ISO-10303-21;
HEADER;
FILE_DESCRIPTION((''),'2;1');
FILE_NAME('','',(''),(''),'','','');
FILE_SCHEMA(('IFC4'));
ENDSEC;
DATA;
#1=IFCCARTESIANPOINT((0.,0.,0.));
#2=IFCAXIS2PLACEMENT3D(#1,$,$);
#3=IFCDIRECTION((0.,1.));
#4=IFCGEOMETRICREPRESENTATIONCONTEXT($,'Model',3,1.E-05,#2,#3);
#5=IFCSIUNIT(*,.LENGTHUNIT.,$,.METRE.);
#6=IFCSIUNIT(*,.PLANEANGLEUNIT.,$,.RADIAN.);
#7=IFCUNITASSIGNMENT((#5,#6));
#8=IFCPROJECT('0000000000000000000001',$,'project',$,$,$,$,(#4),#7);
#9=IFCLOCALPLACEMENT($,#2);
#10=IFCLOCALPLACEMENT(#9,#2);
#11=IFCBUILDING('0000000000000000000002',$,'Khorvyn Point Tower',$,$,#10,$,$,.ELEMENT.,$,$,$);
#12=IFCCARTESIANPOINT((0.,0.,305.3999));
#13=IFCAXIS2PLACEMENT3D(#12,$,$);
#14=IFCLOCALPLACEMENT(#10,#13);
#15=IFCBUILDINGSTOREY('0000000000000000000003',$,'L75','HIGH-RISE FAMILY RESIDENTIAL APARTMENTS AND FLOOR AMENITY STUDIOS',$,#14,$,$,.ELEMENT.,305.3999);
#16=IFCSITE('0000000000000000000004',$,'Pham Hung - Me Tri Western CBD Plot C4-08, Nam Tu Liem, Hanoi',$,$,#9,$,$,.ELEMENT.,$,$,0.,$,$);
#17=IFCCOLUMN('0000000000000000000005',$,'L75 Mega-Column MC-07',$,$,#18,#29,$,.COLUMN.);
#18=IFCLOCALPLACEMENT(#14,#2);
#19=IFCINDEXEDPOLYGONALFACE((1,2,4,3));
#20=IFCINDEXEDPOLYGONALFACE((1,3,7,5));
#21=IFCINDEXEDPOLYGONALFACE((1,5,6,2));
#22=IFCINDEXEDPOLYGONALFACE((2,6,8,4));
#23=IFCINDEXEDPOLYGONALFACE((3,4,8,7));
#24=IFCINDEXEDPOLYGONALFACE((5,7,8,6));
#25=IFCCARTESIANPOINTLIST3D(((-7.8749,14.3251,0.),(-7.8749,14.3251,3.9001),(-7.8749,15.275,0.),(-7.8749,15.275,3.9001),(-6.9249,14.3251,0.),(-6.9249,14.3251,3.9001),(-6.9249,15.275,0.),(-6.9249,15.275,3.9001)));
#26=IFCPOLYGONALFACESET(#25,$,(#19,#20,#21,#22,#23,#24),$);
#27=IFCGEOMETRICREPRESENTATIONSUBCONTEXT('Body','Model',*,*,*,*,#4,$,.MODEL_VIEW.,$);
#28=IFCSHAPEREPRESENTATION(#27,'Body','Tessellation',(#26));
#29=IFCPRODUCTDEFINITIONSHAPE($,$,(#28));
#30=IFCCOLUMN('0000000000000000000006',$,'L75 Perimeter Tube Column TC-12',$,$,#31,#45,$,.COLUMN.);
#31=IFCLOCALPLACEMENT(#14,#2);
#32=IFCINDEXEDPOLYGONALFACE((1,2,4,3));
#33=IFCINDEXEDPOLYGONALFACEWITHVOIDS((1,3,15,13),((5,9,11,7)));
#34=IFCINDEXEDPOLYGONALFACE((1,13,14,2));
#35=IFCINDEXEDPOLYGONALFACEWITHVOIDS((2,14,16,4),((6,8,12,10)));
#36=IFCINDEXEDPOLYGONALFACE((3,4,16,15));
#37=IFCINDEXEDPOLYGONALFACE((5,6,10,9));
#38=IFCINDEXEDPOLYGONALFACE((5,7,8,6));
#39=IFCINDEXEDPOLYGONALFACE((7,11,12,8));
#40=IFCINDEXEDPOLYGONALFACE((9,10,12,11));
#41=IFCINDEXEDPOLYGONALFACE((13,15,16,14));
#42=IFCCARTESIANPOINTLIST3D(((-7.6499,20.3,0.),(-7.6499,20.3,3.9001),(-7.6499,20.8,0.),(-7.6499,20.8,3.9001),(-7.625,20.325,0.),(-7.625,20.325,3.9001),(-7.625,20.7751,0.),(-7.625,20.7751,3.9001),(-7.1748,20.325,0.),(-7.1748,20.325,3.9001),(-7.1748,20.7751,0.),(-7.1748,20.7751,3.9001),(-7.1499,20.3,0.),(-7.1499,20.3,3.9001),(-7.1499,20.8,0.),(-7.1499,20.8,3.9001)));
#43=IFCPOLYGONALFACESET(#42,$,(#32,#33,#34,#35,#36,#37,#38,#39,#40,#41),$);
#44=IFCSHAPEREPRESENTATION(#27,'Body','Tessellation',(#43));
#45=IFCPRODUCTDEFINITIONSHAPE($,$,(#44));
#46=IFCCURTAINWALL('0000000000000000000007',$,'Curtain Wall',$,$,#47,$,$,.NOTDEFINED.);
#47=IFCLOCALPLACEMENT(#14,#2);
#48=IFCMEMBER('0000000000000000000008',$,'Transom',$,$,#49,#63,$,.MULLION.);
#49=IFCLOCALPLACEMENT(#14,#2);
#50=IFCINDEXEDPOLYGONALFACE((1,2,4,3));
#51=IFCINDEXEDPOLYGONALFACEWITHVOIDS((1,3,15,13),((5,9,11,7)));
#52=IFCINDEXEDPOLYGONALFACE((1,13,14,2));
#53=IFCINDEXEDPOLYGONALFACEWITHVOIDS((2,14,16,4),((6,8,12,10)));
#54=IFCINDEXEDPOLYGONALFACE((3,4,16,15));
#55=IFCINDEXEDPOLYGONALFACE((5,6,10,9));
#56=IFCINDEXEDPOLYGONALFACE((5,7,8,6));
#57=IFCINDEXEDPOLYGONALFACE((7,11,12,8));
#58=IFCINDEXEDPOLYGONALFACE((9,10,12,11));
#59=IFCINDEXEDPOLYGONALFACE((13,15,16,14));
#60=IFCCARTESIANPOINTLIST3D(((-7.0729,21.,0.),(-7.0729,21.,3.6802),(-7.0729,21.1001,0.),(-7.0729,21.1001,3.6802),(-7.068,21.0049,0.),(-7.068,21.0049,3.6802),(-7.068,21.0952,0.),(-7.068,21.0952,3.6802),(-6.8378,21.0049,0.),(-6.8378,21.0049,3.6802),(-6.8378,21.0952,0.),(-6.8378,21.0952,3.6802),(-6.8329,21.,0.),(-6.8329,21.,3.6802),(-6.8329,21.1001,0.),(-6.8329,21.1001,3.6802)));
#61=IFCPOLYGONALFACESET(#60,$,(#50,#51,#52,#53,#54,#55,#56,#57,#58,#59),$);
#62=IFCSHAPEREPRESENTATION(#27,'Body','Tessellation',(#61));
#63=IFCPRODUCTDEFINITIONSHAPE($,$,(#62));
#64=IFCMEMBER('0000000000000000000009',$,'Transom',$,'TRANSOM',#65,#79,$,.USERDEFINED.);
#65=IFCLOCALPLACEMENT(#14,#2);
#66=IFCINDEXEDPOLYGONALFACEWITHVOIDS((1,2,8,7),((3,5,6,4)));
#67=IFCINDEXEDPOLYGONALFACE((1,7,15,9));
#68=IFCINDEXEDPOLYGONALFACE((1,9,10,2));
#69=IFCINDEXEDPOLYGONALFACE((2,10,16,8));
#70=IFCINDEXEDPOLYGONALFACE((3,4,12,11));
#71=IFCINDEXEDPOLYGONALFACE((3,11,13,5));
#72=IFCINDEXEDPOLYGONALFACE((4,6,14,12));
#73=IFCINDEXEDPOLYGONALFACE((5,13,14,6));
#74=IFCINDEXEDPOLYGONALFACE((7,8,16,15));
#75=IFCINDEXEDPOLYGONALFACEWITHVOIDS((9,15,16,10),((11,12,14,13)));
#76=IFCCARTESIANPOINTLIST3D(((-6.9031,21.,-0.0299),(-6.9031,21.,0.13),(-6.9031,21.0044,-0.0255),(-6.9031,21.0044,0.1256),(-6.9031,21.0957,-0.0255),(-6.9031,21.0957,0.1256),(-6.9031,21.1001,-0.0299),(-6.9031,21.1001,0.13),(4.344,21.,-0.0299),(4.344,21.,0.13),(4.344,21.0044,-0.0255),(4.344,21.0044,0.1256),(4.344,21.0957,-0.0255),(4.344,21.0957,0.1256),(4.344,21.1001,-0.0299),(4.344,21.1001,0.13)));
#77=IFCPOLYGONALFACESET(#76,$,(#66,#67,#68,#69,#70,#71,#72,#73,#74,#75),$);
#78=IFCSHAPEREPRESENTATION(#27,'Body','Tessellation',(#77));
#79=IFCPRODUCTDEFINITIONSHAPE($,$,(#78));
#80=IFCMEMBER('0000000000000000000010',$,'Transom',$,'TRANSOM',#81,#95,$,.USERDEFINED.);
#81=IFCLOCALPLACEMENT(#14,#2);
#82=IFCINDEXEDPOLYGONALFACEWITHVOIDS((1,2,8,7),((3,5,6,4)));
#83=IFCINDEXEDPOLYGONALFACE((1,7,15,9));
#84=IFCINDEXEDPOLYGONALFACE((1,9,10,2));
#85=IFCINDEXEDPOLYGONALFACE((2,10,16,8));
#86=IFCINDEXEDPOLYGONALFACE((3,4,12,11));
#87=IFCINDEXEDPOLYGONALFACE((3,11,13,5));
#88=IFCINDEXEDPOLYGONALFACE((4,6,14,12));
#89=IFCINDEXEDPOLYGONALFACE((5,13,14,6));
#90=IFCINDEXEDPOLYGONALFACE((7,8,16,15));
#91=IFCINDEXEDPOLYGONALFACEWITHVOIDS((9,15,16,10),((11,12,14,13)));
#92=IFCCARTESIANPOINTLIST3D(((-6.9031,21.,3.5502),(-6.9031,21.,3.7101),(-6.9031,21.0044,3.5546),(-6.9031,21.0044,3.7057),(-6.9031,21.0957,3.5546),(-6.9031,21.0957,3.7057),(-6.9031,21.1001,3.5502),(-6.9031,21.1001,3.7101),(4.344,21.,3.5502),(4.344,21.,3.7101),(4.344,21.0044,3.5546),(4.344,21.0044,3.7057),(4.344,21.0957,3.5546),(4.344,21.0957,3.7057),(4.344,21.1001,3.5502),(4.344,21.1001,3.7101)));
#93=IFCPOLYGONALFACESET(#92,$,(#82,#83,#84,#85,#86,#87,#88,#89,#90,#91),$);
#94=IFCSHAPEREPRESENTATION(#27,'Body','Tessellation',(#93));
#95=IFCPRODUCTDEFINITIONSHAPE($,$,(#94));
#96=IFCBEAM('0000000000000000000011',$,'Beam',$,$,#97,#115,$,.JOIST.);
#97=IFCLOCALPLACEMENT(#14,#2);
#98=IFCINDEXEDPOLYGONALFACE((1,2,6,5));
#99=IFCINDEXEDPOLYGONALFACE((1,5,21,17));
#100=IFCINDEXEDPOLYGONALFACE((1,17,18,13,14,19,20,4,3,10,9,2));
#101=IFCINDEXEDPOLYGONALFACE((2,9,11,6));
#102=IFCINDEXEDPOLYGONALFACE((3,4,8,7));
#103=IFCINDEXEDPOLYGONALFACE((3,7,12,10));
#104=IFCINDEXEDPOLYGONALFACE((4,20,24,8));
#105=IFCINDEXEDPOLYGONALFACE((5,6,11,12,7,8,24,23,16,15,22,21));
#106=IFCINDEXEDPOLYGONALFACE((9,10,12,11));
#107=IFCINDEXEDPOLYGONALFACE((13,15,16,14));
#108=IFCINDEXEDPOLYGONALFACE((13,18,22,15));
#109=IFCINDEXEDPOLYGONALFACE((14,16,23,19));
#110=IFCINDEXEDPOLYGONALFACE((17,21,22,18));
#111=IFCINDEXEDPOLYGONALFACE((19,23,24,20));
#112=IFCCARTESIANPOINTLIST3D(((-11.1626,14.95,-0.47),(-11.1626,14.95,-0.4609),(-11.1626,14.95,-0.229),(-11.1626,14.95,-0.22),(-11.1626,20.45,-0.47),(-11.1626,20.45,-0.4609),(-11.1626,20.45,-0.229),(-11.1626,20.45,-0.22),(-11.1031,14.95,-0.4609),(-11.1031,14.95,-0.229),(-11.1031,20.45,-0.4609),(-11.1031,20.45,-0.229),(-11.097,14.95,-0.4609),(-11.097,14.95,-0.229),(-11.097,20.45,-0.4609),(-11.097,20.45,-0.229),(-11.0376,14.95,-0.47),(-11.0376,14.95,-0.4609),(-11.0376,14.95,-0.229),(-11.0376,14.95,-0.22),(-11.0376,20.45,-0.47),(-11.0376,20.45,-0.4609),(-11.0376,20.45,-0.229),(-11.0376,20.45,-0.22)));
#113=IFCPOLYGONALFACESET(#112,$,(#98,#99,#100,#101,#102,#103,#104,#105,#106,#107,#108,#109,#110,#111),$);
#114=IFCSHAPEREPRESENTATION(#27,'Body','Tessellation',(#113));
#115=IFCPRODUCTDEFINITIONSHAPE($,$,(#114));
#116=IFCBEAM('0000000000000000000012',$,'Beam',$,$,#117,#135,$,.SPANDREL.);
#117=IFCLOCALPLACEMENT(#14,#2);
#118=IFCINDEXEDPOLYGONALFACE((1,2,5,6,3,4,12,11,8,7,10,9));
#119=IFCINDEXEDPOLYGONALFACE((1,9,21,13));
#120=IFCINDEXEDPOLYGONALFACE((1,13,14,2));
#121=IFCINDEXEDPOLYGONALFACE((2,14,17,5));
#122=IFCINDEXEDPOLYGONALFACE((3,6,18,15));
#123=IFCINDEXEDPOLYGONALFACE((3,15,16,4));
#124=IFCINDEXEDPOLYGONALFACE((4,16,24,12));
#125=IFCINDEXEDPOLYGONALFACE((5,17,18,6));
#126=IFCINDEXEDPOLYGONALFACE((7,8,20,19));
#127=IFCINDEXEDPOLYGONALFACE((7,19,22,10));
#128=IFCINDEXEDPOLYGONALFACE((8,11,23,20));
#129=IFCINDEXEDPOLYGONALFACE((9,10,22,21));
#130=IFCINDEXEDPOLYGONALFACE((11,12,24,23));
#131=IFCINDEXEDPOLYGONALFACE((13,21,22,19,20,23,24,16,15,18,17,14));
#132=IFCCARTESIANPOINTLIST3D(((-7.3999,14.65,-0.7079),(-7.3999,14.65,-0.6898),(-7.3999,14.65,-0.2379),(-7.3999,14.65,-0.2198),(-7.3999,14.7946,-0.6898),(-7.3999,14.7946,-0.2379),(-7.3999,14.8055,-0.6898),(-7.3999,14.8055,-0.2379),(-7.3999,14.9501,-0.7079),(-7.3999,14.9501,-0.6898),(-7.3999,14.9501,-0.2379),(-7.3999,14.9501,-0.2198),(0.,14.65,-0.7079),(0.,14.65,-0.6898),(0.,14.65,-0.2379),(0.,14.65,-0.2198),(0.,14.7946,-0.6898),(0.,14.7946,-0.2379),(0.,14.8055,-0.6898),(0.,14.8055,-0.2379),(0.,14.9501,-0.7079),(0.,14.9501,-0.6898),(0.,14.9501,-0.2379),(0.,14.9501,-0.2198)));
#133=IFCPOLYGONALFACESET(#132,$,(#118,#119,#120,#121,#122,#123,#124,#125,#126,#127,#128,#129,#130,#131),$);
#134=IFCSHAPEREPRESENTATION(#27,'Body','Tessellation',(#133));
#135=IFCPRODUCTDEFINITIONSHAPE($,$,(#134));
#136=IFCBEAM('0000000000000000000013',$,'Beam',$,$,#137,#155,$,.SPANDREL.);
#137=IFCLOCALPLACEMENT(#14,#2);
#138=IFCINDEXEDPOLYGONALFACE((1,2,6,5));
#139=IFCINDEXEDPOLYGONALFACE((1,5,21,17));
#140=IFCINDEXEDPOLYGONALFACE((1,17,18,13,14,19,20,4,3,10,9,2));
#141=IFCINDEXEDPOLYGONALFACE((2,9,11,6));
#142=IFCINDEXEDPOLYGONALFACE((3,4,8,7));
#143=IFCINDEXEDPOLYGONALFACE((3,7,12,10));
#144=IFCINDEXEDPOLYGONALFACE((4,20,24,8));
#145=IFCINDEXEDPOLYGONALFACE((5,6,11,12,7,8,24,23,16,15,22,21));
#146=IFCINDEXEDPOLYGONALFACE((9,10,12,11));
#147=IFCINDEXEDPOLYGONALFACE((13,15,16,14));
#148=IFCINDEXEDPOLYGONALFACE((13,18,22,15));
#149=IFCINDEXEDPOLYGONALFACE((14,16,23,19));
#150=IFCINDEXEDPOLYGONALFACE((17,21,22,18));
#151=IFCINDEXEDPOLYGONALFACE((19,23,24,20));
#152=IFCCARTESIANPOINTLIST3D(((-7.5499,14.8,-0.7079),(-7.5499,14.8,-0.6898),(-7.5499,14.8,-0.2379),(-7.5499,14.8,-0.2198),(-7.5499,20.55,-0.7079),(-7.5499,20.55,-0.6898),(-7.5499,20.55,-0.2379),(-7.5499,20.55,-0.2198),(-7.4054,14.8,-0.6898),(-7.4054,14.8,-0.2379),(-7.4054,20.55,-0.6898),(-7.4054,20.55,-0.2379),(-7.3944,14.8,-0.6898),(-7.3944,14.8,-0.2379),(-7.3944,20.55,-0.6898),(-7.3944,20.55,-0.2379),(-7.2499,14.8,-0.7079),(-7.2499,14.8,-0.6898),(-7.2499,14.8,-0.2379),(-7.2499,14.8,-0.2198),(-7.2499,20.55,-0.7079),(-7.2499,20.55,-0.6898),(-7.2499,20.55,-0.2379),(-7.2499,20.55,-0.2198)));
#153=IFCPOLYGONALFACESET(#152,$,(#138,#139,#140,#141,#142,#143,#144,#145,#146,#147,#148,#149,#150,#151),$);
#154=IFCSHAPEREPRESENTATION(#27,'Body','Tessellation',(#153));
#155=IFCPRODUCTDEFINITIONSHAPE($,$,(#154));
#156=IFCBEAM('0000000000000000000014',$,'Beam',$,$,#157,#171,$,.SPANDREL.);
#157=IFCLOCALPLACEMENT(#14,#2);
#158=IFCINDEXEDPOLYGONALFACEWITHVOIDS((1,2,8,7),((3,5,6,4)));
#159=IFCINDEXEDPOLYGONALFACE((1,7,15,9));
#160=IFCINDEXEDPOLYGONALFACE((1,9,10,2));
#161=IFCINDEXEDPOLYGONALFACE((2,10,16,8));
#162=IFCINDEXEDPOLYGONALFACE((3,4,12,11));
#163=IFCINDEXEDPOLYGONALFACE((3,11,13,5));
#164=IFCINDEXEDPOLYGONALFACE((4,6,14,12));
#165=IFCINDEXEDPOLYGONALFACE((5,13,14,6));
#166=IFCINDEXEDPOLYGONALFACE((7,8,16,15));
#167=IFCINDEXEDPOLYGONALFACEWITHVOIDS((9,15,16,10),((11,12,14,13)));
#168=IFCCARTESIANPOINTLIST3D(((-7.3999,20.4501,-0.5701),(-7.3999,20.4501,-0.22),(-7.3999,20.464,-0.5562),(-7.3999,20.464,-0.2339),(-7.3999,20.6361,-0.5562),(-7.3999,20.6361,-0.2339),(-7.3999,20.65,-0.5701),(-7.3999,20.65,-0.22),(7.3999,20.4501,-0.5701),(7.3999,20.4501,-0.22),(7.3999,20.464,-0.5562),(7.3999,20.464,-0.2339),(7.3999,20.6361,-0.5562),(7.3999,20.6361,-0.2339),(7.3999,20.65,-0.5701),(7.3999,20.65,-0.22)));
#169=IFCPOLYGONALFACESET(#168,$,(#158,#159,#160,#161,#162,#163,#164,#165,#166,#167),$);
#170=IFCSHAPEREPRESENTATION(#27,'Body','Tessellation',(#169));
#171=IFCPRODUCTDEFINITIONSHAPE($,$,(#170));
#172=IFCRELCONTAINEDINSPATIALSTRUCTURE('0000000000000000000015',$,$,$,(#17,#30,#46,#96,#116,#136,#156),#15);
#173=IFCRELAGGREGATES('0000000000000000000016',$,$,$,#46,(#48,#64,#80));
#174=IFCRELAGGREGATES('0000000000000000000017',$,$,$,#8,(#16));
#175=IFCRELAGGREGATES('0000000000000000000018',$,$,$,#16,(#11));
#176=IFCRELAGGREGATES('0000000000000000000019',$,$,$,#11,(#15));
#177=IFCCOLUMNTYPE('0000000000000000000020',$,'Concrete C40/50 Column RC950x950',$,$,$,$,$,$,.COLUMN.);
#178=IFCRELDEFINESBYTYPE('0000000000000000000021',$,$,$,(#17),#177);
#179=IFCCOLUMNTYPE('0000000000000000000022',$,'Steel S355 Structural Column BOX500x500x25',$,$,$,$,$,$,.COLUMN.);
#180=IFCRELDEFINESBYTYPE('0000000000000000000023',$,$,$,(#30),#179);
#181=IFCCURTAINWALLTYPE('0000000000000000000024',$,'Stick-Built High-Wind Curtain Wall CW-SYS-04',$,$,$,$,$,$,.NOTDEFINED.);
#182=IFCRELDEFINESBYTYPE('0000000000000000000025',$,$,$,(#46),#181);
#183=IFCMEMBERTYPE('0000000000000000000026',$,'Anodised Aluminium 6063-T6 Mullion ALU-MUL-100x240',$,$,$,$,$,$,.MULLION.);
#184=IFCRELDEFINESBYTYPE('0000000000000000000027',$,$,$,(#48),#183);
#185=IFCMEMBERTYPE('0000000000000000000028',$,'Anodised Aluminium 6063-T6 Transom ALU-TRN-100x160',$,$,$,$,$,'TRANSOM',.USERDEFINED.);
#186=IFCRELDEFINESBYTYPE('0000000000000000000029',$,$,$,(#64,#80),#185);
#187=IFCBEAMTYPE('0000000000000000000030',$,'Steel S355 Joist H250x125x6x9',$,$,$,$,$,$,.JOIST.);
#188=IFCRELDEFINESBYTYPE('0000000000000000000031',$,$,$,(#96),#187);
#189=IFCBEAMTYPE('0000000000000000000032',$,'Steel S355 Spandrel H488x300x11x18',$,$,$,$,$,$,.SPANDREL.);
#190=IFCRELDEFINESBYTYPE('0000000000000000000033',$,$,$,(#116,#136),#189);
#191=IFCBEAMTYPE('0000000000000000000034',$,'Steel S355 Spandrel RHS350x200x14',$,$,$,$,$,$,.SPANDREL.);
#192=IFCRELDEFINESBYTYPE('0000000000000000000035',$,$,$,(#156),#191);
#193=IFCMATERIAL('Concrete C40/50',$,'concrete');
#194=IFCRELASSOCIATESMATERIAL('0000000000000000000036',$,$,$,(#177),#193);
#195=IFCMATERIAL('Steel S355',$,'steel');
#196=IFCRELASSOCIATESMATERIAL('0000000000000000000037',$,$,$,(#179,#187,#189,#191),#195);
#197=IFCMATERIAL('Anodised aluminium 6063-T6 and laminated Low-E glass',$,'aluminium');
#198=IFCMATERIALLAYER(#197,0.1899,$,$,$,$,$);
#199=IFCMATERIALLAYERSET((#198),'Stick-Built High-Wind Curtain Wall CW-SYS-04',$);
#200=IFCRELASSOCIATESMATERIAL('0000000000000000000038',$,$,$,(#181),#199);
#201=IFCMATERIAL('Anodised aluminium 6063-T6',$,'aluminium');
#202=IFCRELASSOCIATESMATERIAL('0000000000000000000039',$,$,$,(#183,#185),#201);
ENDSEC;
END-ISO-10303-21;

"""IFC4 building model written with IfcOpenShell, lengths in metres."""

from ifc_helpers import new_model, si_unit, direction, frame, origin, origin_2d, place, context, subcontext, project, spatial, rectangle, hollow_rectangle, i_section, extrude, material, layer, layer_set, material_profile, profile_set, type_object, element, aggregate, save


model = new_model("IFC4")

# Units and contexts
model_context = context("Model", 3, precision=1e-05, world=origin(), true_north=direction((0.0, 1.0)))
body_context = subcontext(model_context, "Body", "Model", "MODEL_VIEW")
ifc_project = project(units=[si_unit("LENGTHUNIT", "METRE"), si_unit("PLANEANGLEUNIT", "RADIAN")], contexts=[model_context])

# Site, building, storey
site_placement = place(None, origin())
site = spatial("IfcSite", under=ifc_project, at=site_placement, Name="Pham Hung - Me Tri Western CBD Plot C4-08, Nam Tu Liem, Hanoi", CompositionType="ELEMENT", RefElevation=0.0)
building_placement = place(site_placement, origin())
building = spatial("IfcBuilding", under=site, at=building_placement, Name="Khorvyn Point Tower", CompositionType="ELEMENT")
storey_placement = place(building_placement, frame((0.0, 0.0, 305.3999)))
storey = spatial("IfcBuildingStorey", under=building, at=storey_placement, Name="L75", Description="HIGH-RISE FAMILY RESIDENTIAL APARTMENTS AND FLOOR AMENITY STUDIOS", CompositionType="ELEMENT", Elevation=305.3999)

# Columns
ifc_material_1 = material(Name="Concrete C40/50", Category="concrete")
ifc_material_profile_1 = material_profile(ifc_material_1, rectangle(XDim=0.95, YDim=0.95, at=origin_2d()))
ifc_profile_set_1 = profile_set([ifc_material_profile_1], Name="Concrete C40/50 RC950x950")
column_type_1 = type_object("IfcColumnType", Name="Concrete C40/50 Column RC950x950", PredefinedType="COLUMN", material=ifc_profile_set_1)
column_1_placement = place(storey_placement, frame((-7.3999, 14.8, 0.0), z_axis=(0.0, 0.0, 1.0), x_axis=(1.0, 0.0, 0.0)))
element("IfcColumn", 1, at=column_1_placement, inside=storey, type_object=column_type_1, Name="L75 Mega-Column MC-07", PredefinedType="COLUMN", context=body_context, shape_type="SweptSolid", body=[
    extrude(rectangle(XDim=0.95, YDim=0.95, at=origin_2d()), origin(), (0.0, 0.0, 1.0), 3.9001),
])
ifc_material_2 = material(Name="Steel S355", Category="steel")
ifc_material_profile_2 = material_profile(ifc_material_2, hollow_rectangle(XDim=0.5, YDim=0.5, WallThickness=0.0249, at=origin_2d()))
ifc_profile_set_2 = profile_set([ifc_material_profile_2], Name="Steel S355 BOX500x500x25")
column_type_2 = type_object("IfcColumnType", Name="Steel S355 Structural Column BOX500x500x25", PredefinedType="COLUMN", material=ifc_profile_set_2)
column_2_placement = place(storey_placement, frame((-7.3999, 20.55, 0.0), z_axis=(0.0, 0.0, 1.0), x_axis=(1.0, 0.0, 0.0)))
element("IfcColumn", 2, at=column_2_placement, inside=storey, type_object=column_type_2, Name="L75 Perimeter Tube Column TC-12", PredefinedType="COLUMN", context=body_context, shape_type="SweptSolid", body=[
    extrude(hollow_rectangle(XDim=0.5, YDim=0.5, WallThickness=0.0249, at=origin_2d()), origin(), (0.0, 0.0, 1.0), 3.9001),
])

# Curtain wall, members
ifc_material_3 = material(Name="Anodised aluminium 6063-T6 and laminated Low-E glass", Category="aluminium")
ifc_layer_1 = layer(ifc_material_3, 0.1899)
ifc_layer_set_1 = layer_set([ifc_layer_1], Name="Stick-Built High-Wind Curtain Wall CW-SYS-04")
curtain_wall_type = type_object("IfcCurtainWallType", Name="Stick-Built High-Wind Curtain Wall CW-SYS-04", PredefinedType="NOTDEFINED", material=ifc_layer_set_1)
curtain_wall_placement = place(storey_placement, origin())
curtain_wall = element("IfcCurtainWall", 3, at=curtain_wall_placement, inside=storey, type_object=curtain_wall_type, Name="Curtain Wall", PredefinedType="NOTDEFINED")
ifc_material_4 = material(Name="Anodised aluminium 6063-T6", Category="aluminium")
ifc_material_profile_3 = material_profile(ifc_material_4, hollow_rectangle(XDim=0.1001, YDim=0.24, WallThickness=0.0049, at=origin_2d()))
ifc_profile_set_3 = profile_set([ifc_material_profile_3], Name="Anodised aluminium 6063-T6 ALU-MUL-100x240")
member_type_1 = type_object("IfcMemberType", Name="Anodised Aluminium 6063-T6 Mullion ALU-MUL-100x240", PredefinedType="MULLION", material=ifc_profile_set_3)
member_1_placement = place(storey_placement, frame((-6.9529, 21.05, 0.0), z_axis=(0.0, 0.0, 1.0), x_axis=(0.0, 1.0, 0.0)))
member_1 = element("IfcMember", 4, at=member_1_placement, type_object=member_type_1, Name="Transom", PredefinedType="MULLION", context=body_context, shape_type="SweptSolid", body=[
    extrude(hollow_rectangle(XDim=0.1001, YDim=0.24, WallThickness=0.0049, at=origin_2d()), origin(), (0.0, 0.0, 1.0), 3.6802),
])
ifc_material_profile_4 = material_profile(ifc_material_4, hollow_rectangle(XDim=0.1001, YDim=0.1599, WallThickness=0.0044, at=origin_2d()))
ifc_profile_set_4 = profile_set([ifc_material_profile_4], Name="Anodised aluminium 6063-T6 ALU-TRN-100x160")
member_type_2 = type_object("IfcMemberType", Name="Anodised Aluminium 6063-T6 Transom ALU-TRN-100x160", ElementType="TRANSOM", PredefinedType="USERDEFINED", material=ifc_profile_set_4)
member_2_placement = place(storey_placement, frame((-6.9031, 21.05, 0.05), z_axis=(1.0, 0.0, 0.0), x_axis=(0.0, 1.0, 0.0)))
member_2 = element("IfcMember", 5, at=member_2_placement, type_object=member_type_2, Name="Transom", ObjectType="TRANSOM", PredefinedType="USERDEFINED", context=body_context, shape_type="SweptSolid", body=[
    extrude(hollow_rectangle(XDim=0.1001, YDim=0.1599, WallThickness=0.0044, at=origin_2d()), origin(), (0.0, 0.0, 1.0), 11.2471),
])
member_3_placement = place(storey_placement, frame((-6.9031, 21.05, 3.6301), z_axis=(1.0, 0.0, 0.0), x_axis=(0.0, 1.0, 0.0)))
member_3 = element("IfcMember", 6, at=member_3_placement, type_object=member_type_2, Name="Transom", ObjectType="TRANSOM", PredefinedType="USERDEFINED", context=body_context, shape_type="SweptSolid", body=[
    extrude(hollow_rectangle(XDim=0.1001, YDim=0.1599, WallThickness=0.0044, at=origin_2d()), origin(), (0.0, 0.0, 1.0), 11.2471),
])

# Beams
ifc_material_profile_5 = material_profile(ifc_material_2, i_section(OverallWidth=0.125, OverallDepth=0.25, WebThickness=0.0061, FlangeThickness=0.009, at=origin_2d()))
ifc_profile_set_5 = profile_set([ifc_material_profile_5], Name="Steel S355 H250x125x6x9")
beam_type_1 = type_object("IfcBeamType", Name="Steel S355 Joist H250x125x6x9", PredefinedType="JOIST", material=ifc_profile_set_5)
beam_1_placement = place(storey_placement, frame((-11.1001, 14.95, -0.345), z_axis=(0.0, 1.0, 0.0), x_axis=(-1.0, 0.0, 0.0)))
element("IfcBeam", 7, at=beam_1_placement, inside=storey, type_object=beam_type_1, Name="Beam", PredefinedType="JOIST", context=body_context, shape_type="SweptSolid", body=[
    extrude(i_section(OverallWidth=0.125, OverallDepth=0.25, WebThickness=0.0061, FlangeThickness=0.009, at=origin_2d()), origin(), (0.0, 0.0, 1.0), 5.5),
])
ifc_material_profile_6 = material_profile(ifc_material_2, i_section(OverallWidth=0.3, OverallDepth=0.488, WebThickness=0.011, FlangeThickness=0.0181, at=origin_2d()))
ifc_profile_set_6 = profile_set([ifc_material_profile_6], Name="Steel S355 H488x300x11x18")
beam_type_2 = type_object("IfcBeamType", Name="Steel S355 Spandrel H488x300x11x18", PredefinedType="SPANDREL", material=ifc_profile_set_6)
beam_2_placement = place(storey_placement, frame((-7.3999, 14.8, -0.4639), z_axis=(1.0, 0.0, 0.0), x_axis=(0.0, 1.0, 0.0)))
element("IfcBeam", 8, at=beam_2_placement, inside=storey, type_object=beam_type_2, Name="Beam", PredefinedType="SPANDREL", context=body_context, shape_type="SweptSolid", body=[
    extrude(i_section(OverallWidth=0.3, OverallDepth=0.488, WebThickness=0.011, FlangeThickness=0.0181, at=origin_2d()), origin(), (0.0, 0.0, 1.0), 7.3999),
])
beam_3_placement = place(storey_placement, frame((-7.3999, 14.8, -0.4639), z_axis=(0.0, 1.0, 0.0), x_axis=(-1.0, 0.0, 0.0)))
element("IfcBeam", 9, at=beam_3_placement, inside=storey, type_object=beam_type_2, Name="Beam", PredefinedType="SPANDREL", context=body_context, shape_type="SweptSolid", body=[
    extrude(i_section(OverallWidth=0.3, OverallDepth=0.488, WebThickness=0.011, FlangeThickness=0.0181, at=origin_2d()), origin(), (0.0, 0.0, 1.0), 5.75),
])
ifc_material_profile_7 = material_profile(ifc_material_2, hollow_rectangle(XDim=0.2, YDim=0.3501, WallThickness=0.0139, at=origin_2d()))
ifc_profile_set_7 = profile_set([ifc_material_profile_7], Name="Steel S355 RHS350x200x14")
beam_type_3 = type_object("IfcBeamType", Name="Steel S355 Spandrel RHS350x200x14", PredefinedType="SPANDREL", material=ifc_profile_set_7)
beam_4_placement = place(storey_placement, frame((-7.3999, 20.55, -0.395), z_axis=(1.0, 0.0, 0.0), x_axis=(0.0, 1.0, 0.0)))
element("IfcBeam", 10, at=beam_4_placement, inside=storey, type_object=beam_type_3, Name="Beam", PredefinedType="SPANDREL", context=body_context, shape_type="SweptSolid", body=[
    extrude(hollow_rectangle(XDim=0.2, YDim=0.3501, WallThickness=0.0139, at=origin_2d()), origin(), (0.0, 0.0, 1.0), 14.7998),
])

aggregate(curtain_wall, [member_1, member_2, member_3])

save(model, "model.ifc")
